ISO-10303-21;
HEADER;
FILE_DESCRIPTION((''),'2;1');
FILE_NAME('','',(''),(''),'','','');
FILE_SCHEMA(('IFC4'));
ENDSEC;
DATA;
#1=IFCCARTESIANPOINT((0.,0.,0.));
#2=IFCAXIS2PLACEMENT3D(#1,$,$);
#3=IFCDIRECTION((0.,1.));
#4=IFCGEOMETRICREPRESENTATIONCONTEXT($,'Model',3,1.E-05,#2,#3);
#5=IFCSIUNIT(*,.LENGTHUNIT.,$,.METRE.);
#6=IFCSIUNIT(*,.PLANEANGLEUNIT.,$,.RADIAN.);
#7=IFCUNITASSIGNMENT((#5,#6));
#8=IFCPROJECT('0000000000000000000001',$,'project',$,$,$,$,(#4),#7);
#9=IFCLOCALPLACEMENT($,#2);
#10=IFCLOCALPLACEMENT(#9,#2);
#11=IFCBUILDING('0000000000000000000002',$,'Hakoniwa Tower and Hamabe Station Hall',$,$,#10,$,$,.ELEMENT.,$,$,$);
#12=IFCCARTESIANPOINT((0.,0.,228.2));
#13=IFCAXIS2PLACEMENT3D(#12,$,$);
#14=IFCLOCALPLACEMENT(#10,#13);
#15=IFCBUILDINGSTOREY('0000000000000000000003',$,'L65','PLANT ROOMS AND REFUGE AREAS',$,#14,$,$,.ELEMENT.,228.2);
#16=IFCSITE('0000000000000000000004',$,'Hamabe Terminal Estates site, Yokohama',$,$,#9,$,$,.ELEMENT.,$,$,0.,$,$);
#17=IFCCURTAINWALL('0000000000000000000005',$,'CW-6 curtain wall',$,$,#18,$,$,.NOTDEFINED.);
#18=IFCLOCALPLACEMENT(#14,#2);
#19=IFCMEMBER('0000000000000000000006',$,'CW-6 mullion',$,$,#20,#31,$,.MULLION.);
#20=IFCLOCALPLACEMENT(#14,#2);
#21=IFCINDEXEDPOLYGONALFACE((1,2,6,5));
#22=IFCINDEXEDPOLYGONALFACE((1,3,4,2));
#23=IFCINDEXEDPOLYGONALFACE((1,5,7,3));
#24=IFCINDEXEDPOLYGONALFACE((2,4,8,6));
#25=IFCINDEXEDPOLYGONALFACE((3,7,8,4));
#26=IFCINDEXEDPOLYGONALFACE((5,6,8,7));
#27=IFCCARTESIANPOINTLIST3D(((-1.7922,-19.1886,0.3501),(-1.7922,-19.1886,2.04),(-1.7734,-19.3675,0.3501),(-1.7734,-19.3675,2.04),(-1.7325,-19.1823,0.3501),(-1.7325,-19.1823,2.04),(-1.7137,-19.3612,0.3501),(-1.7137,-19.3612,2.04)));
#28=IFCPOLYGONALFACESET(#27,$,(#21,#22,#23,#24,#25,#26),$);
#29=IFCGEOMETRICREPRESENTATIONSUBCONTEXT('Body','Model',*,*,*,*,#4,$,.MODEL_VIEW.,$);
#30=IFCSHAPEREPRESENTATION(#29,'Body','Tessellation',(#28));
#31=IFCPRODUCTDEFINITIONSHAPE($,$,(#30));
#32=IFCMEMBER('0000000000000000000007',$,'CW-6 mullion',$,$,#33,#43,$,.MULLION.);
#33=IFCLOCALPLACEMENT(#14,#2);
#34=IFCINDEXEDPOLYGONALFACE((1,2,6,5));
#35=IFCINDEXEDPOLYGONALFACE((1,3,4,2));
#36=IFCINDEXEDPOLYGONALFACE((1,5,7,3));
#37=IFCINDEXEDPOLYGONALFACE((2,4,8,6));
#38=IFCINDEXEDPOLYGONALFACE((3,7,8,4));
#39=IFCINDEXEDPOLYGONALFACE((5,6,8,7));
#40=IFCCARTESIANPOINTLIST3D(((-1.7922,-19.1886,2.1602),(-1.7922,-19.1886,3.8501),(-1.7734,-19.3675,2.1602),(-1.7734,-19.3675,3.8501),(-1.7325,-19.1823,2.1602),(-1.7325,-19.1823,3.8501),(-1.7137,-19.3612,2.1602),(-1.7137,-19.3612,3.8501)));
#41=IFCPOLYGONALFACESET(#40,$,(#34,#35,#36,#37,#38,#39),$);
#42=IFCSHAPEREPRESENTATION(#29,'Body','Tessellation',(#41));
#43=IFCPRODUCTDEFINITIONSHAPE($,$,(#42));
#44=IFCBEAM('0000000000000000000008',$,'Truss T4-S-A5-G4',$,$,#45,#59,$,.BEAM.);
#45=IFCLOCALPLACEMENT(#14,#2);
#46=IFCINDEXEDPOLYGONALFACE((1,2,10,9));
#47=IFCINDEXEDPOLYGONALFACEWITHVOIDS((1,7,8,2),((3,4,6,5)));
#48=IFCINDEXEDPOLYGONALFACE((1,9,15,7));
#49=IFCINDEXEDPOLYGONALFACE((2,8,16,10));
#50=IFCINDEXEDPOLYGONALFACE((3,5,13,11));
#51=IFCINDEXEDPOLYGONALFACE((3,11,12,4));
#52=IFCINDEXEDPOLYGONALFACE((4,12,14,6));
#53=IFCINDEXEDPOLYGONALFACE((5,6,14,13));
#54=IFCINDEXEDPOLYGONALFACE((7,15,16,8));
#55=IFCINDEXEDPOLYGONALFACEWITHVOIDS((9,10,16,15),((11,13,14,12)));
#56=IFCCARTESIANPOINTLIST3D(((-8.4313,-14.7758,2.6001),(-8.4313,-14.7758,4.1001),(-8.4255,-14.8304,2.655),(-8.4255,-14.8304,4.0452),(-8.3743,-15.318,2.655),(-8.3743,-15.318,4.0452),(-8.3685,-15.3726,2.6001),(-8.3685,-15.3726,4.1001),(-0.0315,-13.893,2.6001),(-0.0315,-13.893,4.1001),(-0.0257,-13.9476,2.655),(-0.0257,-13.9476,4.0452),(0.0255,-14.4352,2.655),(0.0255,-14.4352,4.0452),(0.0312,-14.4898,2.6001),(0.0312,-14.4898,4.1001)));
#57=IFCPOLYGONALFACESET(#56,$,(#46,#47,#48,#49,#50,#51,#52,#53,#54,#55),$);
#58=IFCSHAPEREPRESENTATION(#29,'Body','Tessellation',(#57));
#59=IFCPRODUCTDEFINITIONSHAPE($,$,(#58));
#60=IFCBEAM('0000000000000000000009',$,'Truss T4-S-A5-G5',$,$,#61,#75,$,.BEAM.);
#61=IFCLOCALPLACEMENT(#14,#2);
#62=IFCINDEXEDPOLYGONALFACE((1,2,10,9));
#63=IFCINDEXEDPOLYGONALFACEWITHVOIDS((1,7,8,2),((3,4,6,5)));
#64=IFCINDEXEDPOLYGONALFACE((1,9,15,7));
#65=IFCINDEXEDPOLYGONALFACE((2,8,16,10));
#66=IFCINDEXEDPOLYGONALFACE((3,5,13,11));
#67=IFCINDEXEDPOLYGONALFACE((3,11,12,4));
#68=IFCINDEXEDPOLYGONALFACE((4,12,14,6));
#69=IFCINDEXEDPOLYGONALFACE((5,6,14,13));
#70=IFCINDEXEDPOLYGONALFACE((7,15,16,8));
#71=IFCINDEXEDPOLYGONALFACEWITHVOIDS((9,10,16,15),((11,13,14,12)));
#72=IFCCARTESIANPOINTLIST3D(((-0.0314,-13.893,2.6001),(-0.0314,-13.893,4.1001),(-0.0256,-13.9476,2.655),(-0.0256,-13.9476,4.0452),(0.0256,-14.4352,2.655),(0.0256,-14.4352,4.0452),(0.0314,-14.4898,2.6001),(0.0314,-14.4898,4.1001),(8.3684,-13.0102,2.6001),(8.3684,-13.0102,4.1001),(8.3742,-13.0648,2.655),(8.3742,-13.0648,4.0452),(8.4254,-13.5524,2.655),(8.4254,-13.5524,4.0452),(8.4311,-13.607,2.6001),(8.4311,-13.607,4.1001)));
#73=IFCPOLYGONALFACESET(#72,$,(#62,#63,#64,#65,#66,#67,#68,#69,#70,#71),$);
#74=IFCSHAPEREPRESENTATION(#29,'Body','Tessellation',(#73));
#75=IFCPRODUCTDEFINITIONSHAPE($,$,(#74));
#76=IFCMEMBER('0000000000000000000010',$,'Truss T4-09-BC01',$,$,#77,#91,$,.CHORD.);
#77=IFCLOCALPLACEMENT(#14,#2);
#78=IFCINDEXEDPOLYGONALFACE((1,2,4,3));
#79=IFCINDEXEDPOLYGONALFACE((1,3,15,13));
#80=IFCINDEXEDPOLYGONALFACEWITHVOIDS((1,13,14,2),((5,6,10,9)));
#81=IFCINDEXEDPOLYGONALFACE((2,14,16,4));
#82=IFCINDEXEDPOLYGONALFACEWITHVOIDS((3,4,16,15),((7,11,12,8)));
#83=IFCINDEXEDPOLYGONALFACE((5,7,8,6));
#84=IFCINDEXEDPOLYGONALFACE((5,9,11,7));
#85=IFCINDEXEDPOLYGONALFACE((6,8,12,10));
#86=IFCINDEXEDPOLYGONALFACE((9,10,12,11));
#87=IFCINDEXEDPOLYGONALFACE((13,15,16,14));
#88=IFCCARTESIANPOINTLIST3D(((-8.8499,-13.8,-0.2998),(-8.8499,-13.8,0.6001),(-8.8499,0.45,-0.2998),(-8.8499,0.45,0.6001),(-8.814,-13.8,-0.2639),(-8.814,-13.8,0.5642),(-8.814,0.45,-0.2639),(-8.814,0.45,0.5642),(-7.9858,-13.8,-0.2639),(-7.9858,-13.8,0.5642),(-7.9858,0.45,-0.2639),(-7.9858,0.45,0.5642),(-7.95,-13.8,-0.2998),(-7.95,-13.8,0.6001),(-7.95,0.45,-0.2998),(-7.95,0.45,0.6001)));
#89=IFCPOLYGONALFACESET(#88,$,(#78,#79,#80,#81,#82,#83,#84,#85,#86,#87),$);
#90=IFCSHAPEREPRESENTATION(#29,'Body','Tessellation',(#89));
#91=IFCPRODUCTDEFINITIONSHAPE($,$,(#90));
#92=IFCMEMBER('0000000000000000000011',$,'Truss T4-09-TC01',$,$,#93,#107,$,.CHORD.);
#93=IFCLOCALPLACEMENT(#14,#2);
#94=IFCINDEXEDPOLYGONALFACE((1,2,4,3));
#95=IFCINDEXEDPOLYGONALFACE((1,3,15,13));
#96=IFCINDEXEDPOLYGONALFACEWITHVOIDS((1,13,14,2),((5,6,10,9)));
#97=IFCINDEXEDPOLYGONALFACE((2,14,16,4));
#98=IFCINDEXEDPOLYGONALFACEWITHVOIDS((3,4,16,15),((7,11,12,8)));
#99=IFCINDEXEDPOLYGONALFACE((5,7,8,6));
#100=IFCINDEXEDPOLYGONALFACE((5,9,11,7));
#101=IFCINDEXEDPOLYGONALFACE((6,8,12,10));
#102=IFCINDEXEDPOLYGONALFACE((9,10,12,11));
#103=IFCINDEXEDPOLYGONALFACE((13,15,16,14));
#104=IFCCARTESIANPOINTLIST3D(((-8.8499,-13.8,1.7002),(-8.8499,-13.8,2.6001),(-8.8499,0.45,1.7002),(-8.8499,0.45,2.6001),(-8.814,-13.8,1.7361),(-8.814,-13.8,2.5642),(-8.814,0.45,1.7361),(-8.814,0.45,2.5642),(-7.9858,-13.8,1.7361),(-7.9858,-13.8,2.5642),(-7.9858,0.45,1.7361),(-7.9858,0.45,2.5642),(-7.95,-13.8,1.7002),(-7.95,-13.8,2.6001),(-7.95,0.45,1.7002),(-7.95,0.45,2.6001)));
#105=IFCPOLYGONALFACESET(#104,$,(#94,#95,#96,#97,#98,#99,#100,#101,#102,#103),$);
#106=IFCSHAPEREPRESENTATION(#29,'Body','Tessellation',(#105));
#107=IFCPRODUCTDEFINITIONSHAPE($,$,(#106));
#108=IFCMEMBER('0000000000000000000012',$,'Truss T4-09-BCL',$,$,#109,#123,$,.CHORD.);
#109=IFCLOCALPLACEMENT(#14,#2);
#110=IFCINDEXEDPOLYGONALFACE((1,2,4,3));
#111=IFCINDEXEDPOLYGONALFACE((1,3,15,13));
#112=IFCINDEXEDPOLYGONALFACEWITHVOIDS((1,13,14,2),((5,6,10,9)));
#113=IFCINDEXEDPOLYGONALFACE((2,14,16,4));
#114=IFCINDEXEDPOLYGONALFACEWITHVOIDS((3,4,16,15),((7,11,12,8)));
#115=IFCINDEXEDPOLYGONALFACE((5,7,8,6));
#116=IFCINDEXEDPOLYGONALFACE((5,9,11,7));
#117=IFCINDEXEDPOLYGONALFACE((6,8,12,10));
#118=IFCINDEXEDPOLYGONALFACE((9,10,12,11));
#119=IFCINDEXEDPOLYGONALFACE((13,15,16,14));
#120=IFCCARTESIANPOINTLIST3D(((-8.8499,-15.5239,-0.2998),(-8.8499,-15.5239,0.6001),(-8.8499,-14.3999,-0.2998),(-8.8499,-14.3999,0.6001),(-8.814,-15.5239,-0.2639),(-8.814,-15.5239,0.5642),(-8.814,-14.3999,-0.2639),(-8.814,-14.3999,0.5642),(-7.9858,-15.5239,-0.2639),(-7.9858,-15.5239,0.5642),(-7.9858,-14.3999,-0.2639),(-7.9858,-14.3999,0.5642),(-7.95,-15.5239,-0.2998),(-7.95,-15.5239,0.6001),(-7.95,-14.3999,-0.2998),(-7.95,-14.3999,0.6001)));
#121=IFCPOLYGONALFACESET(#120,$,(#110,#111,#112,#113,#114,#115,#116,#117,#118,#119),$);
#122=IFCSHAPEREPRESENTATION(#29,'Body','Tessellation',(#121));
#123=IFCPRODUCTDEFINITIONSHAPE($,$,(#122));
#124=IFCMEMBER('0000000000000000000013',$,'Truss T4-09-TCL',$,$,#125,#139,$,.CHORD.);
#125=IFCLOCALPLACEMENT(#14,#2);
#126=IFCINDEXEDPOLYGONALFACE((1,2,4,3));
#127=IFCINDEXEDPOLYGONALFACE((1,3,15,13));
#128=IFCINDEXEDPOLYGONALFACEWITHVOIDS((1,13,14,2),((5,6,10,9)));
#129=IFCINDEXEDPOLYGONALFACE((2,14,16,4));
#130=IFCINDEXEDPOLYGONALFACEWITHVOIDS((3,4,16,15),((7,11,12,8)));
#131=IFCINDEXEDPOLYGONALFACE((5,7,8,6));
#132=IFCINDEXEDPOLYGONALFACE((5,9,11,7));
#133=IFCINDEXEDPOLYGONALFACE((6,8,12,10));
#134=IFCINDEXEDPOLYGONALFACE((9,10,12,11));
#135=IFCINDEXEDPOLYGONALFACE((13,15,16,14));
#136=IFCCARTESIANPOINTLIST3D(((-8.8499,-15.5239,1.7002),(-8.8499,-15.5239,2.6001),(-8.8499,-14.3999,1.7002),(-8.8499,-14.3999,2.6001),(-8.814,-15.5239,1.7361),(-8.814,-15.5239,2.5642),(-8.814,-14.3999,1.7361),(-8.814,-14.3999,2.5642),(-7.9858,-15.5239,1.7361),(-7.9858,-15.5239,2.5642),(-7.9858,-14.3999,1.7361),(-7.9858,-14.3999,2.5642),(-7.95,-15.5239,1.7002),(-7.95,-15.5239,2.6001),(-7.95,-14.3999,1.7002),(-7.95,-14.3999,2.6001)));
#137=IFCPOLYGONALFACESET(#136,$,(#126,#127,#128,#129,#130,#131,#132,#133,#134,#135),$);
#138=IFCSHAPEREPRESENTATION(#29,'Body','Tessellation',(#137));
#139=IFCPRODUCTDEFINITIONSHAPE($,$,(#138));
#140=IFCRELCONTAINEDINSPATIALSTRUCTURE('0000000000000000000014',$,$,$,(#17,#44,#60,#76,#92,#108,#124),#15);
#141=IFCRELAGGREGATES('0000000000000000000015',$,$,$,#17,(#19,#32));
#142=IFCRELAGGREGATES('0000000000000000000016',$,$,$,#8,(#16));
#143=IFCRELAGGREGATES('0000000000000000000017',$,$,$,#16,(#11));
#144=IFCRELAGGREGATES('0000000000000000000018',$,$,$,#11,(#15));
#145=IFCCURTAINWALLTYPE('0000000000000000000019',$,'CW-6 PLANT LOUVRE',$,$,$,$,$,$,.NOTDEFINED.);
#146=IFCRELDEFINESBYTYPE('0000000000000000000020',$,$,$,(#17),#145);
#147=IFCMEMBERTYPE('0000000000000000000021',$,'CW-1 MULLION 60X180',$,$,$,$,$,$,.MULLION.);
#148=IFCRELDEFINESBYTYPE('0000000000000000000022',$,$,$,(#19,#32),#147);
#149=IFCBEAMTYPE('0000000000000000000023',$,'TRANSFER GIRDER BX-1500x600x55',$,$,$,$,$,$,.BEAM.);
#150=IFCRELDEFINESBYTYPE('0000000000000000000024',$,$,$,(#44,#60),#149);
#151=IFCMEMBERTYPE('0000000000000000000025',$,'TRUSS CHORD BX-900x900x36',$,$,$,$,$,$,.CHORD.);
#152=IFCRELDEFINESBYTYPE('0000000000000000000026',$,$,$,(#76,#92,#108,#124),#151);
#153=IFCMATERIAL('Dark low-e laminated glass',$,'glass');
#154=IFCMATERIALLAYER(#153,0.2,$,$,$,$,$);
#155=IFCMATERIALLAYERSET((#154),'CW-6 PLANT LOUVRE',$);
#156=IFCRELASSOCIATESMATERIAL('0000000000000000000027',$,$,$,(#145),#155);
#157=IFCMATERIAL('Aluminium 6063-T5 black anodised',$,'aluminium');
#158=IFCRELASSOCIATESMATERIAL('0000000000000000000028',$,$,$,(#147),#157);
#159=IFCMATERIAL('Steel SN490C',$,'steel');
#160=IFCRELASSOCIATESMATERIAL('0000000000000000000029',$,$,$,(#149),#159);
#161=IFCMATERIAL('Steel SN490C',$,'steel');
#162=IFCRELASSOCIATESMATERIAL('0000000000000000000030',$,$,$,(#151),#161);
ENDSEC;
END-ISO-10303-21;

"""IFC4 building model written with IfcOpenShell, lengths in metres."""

from ifc_helpers import new_model, si_unit, direction, frame, origin, origin_2d, place, context, subcontext, project, spatial, rectangle, hollow_rectangle, extrude, material, layer, layer_set, material_profile, profile_set, type_object, element, aggregate, save


model = new_model("IFC4")

# Units and contexts
model_context = context("Model", 3, precision=1e-05, world=origin(), true_north=direction((0.0, 1.0)))
body_context = subcontext(model_context, "Body", "Model", "MODEL_VIEW")
ifc_project = project(units=[si_unit("LENGTHUNIT", "METRE"), si_unit("PLANEANGLEUNIT", "RADIAN")], contexts=[model_context])

# Site, building, storey
site_placement = place(None, origin())
site = spatial("IfcSite", under=ifc_project, at=site_placement, Name="Hamabe Terminal Estates site, Yokohama", CompositionType="ELEMENT", RefElevation=0.0)
building_placement = place(site_placement, origin())
building = spatial("IfcBuilding", under=site, at=building_placement, Name="Hakoniwa Tower and Hamabe Station Hall", CompositionType="ELEMENT")
storey_placement = place(building_placement, frame((0.0, 0.0, 228.2)))
storey = spatial("IfcBuildingStorey", under=building, at=storey_placement, Name="L65", Description="PLANT ROOMS AND REFUGE AREAS", CompositionType="ELEMENT", Elevation=228.2)

# Curtain wall, members
ifc_material_1 = material(Name="Dark low-e laminated glass", Category="glass")
ifc_layer_1 = layer(ifc_material_1, 0.2)
ifc_layer_set_1 = layer_set([ifc_layer_1], Name="CW-6 PLANT LOUVRE")
curtain_wall_type = type_object("IfcCurtainWallType", Name="CW-6 PLANT LOUVRE", PredefinedType="NOTDEFINED", material=ifc_layer_set_1)
curtain_wall_placement = place(storey_placement, origin())
curtain_wall = element("IfcCurtainWall", 1, at=curtain_wall_placement, inside=storey, type_object=curtain_wall_type, Name="CW-6 curtain wall", PredefinedType="NOTDEFINED")
ifc_material_2 = material(Name="Aluminium 6063-T5 black anodised", Category="aluminium")
ifc_material_profile_1 = material_profile(ifc_material_2, rectangle(XDim=0.0601, YDim=0.1799, at=origin_2d()), Name="CW-1 MULLION 60X180")
ifc_profile_set_1 = profile_set([ifc_material_profile_1], Name="Aluminium 6063-T5 black anodised")
member_type_1 = type_object("IfcMemberType", Name="CW-1 MULLION 60X180", PredefinedType="MULLION", material=ifc_profile_set_1)
member_1_placement = place(storey_placement, frame((-1.7529, -19.2749, 0.3501), z_axis=(0.0, 0.0, 1.0), x_axis=(0.994522, 0.104528, 0.0)))
member_1 = element("IfcMember", 2, at=member_1_placement, type_object=member_type_1, Name="CW-6 mullion", PredefinedType="MULLION", context=body_context, shape_type="SweptSolid", body=[
    extrude(rectangle(XDim=0.0601, YDim=0.1799, at=origin_2d()), origin(), (0.0, 0.0, 1.0), 1.6899),
])
member_2_placement = place(storey_placement, frame((-1.7529, -19.2749, 2.1602), z_axis=(0.0, 0.0, 1.0), x_axis=(0.994522, 0.104528, 0.0)))
member_2 = element("IfcMember", 3, at=member_2_placement, type_object=member_type_1, Name="CW-6 mullion", PredefinedType="MULLION", context=body_context, shape_type="SweptSolid", body=[
    extrude(rectangle(XDim=0.0601, YDim=0.1799, at=origin_2d()), origin(), (0.0, 0.0, 1.0), 1.6899),
])

# Beams
ifc_material_3 = material(Name="Steel SN490C", Category="steel")
ifc_material_profile_2 = material_profile(ifc_material_3, hollow_rectangle(XDim=0.6001, YDim=1.5, WallThickness=0.0549, at=origin_2d()), Name="BX-1500x600x55")
ifc_profile_set_2 = profile_set([ifc_material_profile_2], Name="Steel SN490C")
beam_type = type_object("IfcBeamType", Name="TRANSFER GIRDER BX-1500x600x55", PredefinedType="BEAM", material=ifc_profile_set_2)
for number, where, z_axis, x_axis, name in (
    (4, (-8.3999, -15.0742, 3.3501), (0.994523, 0.104522, 0.0), (-0.104522, 0.994523, 0.0), "Truss T4-S-A5-G4"),
    (5, (0.0, -14.1914, 3.3501), (0.994523, 0.104522, 0.0), (-0.104522, 0.994523, 0.0), "Truss T4-S-A5-G5"),
):
    element("IfcBeam", number, at=place(storey_placement, frame(where, z_axis=z_axis, x_axis=x_axis)), inside=storey, type_object=beam_type, Name=name, PredefinedType="BEAM", context=body_context, shape_type="SweptSolid", body=[
        extrude(hollow_rectangle(XDim=0.6001, YDim=1.5, WallThickness=0.0549, at=origin_2d()), origin(), (0.0, 0.0, 1.0), 8.446),
    ])

# Members
ifc_material_4 = material(Name="Steel SN490C", Category="steel")
ifc_material_profile_3 = material_profile(ifc_material_4, hollow_rectangle(XDim=0.8999, YDim=0.8999, WallThickness=0.0359, at=origin_2d()), Name="BX-900x900x36")
ifc_profile_set_3 = profile_set([ifc_material_profile_3], Name="Steel SN490C")
member_type_2 = type_object("IfcMemberType", Name="TRUSS CHORD BX-900x900x36", PredefinedType="CHORD", material=ifc_profile_set_3)
for number, where, z_axis, x_axis, name in (
    (6, (-8.3999, -13.8, 0.1501), (0.0, 1.0, 0.0), (-1.0, 0.0, 0.0), "Truss T4-09-BC01"),
    (7, (-8.3999, -13.8, 2.1501), (0.0, 1.0, 0.0), (-1.0, 0.0, 0.0), "Truss T4-09-TC01"),
):
    element("IfcMember", number, at=place(storey_placement, frame(where, z_axis=z_axis, x_axis=x_axis)), inside=storey, type_object=member_type_2, Name=name, PredefinedType="CHORD", context=body_context, shape_type="SweptSolid", body=[
        extrude(hollow_rectangle(XDim=0.8999, YDim=0.8999, WallThickness=0.0359, at=origin_2d()), origin(), (0.0, 0.0, 1.0), 14.25),
    ])
for number, where, z_axis, x_axis, name in (
    (8, (-8.3999, -15.5239, 0.1501), (0.0, 1.0, 0.0), (-1.0, 0.0, 0.0), "Truss T4-09-BCL"),
    (9, (-8.3999, -15.5239, 2.1501), (0.0, 1.0, 0.0), (-1.0, 0.0, 0.0), "Truss T4-09-TCL"),
):
    element("IfcMember", number, at=place(storey_placement, frame(where, z_axis=z_axis, x_axis=x_axis)), inside=storey, type_object=member_type_2, Name=name, PredefinedType="CHORD", context=body_context, shape_type="SweptSolid", body=[
        extrude(hollow_rectangle(XDim=0.8999, YDim=0.8999, WallThickness=0.0359, at=origin_2d()), origin(), (0.0, 0.0, 1.0), 1.124),
    ])

aggregate(curtain_wall, [member_1, member_2])

save(model, "model.ifc")
